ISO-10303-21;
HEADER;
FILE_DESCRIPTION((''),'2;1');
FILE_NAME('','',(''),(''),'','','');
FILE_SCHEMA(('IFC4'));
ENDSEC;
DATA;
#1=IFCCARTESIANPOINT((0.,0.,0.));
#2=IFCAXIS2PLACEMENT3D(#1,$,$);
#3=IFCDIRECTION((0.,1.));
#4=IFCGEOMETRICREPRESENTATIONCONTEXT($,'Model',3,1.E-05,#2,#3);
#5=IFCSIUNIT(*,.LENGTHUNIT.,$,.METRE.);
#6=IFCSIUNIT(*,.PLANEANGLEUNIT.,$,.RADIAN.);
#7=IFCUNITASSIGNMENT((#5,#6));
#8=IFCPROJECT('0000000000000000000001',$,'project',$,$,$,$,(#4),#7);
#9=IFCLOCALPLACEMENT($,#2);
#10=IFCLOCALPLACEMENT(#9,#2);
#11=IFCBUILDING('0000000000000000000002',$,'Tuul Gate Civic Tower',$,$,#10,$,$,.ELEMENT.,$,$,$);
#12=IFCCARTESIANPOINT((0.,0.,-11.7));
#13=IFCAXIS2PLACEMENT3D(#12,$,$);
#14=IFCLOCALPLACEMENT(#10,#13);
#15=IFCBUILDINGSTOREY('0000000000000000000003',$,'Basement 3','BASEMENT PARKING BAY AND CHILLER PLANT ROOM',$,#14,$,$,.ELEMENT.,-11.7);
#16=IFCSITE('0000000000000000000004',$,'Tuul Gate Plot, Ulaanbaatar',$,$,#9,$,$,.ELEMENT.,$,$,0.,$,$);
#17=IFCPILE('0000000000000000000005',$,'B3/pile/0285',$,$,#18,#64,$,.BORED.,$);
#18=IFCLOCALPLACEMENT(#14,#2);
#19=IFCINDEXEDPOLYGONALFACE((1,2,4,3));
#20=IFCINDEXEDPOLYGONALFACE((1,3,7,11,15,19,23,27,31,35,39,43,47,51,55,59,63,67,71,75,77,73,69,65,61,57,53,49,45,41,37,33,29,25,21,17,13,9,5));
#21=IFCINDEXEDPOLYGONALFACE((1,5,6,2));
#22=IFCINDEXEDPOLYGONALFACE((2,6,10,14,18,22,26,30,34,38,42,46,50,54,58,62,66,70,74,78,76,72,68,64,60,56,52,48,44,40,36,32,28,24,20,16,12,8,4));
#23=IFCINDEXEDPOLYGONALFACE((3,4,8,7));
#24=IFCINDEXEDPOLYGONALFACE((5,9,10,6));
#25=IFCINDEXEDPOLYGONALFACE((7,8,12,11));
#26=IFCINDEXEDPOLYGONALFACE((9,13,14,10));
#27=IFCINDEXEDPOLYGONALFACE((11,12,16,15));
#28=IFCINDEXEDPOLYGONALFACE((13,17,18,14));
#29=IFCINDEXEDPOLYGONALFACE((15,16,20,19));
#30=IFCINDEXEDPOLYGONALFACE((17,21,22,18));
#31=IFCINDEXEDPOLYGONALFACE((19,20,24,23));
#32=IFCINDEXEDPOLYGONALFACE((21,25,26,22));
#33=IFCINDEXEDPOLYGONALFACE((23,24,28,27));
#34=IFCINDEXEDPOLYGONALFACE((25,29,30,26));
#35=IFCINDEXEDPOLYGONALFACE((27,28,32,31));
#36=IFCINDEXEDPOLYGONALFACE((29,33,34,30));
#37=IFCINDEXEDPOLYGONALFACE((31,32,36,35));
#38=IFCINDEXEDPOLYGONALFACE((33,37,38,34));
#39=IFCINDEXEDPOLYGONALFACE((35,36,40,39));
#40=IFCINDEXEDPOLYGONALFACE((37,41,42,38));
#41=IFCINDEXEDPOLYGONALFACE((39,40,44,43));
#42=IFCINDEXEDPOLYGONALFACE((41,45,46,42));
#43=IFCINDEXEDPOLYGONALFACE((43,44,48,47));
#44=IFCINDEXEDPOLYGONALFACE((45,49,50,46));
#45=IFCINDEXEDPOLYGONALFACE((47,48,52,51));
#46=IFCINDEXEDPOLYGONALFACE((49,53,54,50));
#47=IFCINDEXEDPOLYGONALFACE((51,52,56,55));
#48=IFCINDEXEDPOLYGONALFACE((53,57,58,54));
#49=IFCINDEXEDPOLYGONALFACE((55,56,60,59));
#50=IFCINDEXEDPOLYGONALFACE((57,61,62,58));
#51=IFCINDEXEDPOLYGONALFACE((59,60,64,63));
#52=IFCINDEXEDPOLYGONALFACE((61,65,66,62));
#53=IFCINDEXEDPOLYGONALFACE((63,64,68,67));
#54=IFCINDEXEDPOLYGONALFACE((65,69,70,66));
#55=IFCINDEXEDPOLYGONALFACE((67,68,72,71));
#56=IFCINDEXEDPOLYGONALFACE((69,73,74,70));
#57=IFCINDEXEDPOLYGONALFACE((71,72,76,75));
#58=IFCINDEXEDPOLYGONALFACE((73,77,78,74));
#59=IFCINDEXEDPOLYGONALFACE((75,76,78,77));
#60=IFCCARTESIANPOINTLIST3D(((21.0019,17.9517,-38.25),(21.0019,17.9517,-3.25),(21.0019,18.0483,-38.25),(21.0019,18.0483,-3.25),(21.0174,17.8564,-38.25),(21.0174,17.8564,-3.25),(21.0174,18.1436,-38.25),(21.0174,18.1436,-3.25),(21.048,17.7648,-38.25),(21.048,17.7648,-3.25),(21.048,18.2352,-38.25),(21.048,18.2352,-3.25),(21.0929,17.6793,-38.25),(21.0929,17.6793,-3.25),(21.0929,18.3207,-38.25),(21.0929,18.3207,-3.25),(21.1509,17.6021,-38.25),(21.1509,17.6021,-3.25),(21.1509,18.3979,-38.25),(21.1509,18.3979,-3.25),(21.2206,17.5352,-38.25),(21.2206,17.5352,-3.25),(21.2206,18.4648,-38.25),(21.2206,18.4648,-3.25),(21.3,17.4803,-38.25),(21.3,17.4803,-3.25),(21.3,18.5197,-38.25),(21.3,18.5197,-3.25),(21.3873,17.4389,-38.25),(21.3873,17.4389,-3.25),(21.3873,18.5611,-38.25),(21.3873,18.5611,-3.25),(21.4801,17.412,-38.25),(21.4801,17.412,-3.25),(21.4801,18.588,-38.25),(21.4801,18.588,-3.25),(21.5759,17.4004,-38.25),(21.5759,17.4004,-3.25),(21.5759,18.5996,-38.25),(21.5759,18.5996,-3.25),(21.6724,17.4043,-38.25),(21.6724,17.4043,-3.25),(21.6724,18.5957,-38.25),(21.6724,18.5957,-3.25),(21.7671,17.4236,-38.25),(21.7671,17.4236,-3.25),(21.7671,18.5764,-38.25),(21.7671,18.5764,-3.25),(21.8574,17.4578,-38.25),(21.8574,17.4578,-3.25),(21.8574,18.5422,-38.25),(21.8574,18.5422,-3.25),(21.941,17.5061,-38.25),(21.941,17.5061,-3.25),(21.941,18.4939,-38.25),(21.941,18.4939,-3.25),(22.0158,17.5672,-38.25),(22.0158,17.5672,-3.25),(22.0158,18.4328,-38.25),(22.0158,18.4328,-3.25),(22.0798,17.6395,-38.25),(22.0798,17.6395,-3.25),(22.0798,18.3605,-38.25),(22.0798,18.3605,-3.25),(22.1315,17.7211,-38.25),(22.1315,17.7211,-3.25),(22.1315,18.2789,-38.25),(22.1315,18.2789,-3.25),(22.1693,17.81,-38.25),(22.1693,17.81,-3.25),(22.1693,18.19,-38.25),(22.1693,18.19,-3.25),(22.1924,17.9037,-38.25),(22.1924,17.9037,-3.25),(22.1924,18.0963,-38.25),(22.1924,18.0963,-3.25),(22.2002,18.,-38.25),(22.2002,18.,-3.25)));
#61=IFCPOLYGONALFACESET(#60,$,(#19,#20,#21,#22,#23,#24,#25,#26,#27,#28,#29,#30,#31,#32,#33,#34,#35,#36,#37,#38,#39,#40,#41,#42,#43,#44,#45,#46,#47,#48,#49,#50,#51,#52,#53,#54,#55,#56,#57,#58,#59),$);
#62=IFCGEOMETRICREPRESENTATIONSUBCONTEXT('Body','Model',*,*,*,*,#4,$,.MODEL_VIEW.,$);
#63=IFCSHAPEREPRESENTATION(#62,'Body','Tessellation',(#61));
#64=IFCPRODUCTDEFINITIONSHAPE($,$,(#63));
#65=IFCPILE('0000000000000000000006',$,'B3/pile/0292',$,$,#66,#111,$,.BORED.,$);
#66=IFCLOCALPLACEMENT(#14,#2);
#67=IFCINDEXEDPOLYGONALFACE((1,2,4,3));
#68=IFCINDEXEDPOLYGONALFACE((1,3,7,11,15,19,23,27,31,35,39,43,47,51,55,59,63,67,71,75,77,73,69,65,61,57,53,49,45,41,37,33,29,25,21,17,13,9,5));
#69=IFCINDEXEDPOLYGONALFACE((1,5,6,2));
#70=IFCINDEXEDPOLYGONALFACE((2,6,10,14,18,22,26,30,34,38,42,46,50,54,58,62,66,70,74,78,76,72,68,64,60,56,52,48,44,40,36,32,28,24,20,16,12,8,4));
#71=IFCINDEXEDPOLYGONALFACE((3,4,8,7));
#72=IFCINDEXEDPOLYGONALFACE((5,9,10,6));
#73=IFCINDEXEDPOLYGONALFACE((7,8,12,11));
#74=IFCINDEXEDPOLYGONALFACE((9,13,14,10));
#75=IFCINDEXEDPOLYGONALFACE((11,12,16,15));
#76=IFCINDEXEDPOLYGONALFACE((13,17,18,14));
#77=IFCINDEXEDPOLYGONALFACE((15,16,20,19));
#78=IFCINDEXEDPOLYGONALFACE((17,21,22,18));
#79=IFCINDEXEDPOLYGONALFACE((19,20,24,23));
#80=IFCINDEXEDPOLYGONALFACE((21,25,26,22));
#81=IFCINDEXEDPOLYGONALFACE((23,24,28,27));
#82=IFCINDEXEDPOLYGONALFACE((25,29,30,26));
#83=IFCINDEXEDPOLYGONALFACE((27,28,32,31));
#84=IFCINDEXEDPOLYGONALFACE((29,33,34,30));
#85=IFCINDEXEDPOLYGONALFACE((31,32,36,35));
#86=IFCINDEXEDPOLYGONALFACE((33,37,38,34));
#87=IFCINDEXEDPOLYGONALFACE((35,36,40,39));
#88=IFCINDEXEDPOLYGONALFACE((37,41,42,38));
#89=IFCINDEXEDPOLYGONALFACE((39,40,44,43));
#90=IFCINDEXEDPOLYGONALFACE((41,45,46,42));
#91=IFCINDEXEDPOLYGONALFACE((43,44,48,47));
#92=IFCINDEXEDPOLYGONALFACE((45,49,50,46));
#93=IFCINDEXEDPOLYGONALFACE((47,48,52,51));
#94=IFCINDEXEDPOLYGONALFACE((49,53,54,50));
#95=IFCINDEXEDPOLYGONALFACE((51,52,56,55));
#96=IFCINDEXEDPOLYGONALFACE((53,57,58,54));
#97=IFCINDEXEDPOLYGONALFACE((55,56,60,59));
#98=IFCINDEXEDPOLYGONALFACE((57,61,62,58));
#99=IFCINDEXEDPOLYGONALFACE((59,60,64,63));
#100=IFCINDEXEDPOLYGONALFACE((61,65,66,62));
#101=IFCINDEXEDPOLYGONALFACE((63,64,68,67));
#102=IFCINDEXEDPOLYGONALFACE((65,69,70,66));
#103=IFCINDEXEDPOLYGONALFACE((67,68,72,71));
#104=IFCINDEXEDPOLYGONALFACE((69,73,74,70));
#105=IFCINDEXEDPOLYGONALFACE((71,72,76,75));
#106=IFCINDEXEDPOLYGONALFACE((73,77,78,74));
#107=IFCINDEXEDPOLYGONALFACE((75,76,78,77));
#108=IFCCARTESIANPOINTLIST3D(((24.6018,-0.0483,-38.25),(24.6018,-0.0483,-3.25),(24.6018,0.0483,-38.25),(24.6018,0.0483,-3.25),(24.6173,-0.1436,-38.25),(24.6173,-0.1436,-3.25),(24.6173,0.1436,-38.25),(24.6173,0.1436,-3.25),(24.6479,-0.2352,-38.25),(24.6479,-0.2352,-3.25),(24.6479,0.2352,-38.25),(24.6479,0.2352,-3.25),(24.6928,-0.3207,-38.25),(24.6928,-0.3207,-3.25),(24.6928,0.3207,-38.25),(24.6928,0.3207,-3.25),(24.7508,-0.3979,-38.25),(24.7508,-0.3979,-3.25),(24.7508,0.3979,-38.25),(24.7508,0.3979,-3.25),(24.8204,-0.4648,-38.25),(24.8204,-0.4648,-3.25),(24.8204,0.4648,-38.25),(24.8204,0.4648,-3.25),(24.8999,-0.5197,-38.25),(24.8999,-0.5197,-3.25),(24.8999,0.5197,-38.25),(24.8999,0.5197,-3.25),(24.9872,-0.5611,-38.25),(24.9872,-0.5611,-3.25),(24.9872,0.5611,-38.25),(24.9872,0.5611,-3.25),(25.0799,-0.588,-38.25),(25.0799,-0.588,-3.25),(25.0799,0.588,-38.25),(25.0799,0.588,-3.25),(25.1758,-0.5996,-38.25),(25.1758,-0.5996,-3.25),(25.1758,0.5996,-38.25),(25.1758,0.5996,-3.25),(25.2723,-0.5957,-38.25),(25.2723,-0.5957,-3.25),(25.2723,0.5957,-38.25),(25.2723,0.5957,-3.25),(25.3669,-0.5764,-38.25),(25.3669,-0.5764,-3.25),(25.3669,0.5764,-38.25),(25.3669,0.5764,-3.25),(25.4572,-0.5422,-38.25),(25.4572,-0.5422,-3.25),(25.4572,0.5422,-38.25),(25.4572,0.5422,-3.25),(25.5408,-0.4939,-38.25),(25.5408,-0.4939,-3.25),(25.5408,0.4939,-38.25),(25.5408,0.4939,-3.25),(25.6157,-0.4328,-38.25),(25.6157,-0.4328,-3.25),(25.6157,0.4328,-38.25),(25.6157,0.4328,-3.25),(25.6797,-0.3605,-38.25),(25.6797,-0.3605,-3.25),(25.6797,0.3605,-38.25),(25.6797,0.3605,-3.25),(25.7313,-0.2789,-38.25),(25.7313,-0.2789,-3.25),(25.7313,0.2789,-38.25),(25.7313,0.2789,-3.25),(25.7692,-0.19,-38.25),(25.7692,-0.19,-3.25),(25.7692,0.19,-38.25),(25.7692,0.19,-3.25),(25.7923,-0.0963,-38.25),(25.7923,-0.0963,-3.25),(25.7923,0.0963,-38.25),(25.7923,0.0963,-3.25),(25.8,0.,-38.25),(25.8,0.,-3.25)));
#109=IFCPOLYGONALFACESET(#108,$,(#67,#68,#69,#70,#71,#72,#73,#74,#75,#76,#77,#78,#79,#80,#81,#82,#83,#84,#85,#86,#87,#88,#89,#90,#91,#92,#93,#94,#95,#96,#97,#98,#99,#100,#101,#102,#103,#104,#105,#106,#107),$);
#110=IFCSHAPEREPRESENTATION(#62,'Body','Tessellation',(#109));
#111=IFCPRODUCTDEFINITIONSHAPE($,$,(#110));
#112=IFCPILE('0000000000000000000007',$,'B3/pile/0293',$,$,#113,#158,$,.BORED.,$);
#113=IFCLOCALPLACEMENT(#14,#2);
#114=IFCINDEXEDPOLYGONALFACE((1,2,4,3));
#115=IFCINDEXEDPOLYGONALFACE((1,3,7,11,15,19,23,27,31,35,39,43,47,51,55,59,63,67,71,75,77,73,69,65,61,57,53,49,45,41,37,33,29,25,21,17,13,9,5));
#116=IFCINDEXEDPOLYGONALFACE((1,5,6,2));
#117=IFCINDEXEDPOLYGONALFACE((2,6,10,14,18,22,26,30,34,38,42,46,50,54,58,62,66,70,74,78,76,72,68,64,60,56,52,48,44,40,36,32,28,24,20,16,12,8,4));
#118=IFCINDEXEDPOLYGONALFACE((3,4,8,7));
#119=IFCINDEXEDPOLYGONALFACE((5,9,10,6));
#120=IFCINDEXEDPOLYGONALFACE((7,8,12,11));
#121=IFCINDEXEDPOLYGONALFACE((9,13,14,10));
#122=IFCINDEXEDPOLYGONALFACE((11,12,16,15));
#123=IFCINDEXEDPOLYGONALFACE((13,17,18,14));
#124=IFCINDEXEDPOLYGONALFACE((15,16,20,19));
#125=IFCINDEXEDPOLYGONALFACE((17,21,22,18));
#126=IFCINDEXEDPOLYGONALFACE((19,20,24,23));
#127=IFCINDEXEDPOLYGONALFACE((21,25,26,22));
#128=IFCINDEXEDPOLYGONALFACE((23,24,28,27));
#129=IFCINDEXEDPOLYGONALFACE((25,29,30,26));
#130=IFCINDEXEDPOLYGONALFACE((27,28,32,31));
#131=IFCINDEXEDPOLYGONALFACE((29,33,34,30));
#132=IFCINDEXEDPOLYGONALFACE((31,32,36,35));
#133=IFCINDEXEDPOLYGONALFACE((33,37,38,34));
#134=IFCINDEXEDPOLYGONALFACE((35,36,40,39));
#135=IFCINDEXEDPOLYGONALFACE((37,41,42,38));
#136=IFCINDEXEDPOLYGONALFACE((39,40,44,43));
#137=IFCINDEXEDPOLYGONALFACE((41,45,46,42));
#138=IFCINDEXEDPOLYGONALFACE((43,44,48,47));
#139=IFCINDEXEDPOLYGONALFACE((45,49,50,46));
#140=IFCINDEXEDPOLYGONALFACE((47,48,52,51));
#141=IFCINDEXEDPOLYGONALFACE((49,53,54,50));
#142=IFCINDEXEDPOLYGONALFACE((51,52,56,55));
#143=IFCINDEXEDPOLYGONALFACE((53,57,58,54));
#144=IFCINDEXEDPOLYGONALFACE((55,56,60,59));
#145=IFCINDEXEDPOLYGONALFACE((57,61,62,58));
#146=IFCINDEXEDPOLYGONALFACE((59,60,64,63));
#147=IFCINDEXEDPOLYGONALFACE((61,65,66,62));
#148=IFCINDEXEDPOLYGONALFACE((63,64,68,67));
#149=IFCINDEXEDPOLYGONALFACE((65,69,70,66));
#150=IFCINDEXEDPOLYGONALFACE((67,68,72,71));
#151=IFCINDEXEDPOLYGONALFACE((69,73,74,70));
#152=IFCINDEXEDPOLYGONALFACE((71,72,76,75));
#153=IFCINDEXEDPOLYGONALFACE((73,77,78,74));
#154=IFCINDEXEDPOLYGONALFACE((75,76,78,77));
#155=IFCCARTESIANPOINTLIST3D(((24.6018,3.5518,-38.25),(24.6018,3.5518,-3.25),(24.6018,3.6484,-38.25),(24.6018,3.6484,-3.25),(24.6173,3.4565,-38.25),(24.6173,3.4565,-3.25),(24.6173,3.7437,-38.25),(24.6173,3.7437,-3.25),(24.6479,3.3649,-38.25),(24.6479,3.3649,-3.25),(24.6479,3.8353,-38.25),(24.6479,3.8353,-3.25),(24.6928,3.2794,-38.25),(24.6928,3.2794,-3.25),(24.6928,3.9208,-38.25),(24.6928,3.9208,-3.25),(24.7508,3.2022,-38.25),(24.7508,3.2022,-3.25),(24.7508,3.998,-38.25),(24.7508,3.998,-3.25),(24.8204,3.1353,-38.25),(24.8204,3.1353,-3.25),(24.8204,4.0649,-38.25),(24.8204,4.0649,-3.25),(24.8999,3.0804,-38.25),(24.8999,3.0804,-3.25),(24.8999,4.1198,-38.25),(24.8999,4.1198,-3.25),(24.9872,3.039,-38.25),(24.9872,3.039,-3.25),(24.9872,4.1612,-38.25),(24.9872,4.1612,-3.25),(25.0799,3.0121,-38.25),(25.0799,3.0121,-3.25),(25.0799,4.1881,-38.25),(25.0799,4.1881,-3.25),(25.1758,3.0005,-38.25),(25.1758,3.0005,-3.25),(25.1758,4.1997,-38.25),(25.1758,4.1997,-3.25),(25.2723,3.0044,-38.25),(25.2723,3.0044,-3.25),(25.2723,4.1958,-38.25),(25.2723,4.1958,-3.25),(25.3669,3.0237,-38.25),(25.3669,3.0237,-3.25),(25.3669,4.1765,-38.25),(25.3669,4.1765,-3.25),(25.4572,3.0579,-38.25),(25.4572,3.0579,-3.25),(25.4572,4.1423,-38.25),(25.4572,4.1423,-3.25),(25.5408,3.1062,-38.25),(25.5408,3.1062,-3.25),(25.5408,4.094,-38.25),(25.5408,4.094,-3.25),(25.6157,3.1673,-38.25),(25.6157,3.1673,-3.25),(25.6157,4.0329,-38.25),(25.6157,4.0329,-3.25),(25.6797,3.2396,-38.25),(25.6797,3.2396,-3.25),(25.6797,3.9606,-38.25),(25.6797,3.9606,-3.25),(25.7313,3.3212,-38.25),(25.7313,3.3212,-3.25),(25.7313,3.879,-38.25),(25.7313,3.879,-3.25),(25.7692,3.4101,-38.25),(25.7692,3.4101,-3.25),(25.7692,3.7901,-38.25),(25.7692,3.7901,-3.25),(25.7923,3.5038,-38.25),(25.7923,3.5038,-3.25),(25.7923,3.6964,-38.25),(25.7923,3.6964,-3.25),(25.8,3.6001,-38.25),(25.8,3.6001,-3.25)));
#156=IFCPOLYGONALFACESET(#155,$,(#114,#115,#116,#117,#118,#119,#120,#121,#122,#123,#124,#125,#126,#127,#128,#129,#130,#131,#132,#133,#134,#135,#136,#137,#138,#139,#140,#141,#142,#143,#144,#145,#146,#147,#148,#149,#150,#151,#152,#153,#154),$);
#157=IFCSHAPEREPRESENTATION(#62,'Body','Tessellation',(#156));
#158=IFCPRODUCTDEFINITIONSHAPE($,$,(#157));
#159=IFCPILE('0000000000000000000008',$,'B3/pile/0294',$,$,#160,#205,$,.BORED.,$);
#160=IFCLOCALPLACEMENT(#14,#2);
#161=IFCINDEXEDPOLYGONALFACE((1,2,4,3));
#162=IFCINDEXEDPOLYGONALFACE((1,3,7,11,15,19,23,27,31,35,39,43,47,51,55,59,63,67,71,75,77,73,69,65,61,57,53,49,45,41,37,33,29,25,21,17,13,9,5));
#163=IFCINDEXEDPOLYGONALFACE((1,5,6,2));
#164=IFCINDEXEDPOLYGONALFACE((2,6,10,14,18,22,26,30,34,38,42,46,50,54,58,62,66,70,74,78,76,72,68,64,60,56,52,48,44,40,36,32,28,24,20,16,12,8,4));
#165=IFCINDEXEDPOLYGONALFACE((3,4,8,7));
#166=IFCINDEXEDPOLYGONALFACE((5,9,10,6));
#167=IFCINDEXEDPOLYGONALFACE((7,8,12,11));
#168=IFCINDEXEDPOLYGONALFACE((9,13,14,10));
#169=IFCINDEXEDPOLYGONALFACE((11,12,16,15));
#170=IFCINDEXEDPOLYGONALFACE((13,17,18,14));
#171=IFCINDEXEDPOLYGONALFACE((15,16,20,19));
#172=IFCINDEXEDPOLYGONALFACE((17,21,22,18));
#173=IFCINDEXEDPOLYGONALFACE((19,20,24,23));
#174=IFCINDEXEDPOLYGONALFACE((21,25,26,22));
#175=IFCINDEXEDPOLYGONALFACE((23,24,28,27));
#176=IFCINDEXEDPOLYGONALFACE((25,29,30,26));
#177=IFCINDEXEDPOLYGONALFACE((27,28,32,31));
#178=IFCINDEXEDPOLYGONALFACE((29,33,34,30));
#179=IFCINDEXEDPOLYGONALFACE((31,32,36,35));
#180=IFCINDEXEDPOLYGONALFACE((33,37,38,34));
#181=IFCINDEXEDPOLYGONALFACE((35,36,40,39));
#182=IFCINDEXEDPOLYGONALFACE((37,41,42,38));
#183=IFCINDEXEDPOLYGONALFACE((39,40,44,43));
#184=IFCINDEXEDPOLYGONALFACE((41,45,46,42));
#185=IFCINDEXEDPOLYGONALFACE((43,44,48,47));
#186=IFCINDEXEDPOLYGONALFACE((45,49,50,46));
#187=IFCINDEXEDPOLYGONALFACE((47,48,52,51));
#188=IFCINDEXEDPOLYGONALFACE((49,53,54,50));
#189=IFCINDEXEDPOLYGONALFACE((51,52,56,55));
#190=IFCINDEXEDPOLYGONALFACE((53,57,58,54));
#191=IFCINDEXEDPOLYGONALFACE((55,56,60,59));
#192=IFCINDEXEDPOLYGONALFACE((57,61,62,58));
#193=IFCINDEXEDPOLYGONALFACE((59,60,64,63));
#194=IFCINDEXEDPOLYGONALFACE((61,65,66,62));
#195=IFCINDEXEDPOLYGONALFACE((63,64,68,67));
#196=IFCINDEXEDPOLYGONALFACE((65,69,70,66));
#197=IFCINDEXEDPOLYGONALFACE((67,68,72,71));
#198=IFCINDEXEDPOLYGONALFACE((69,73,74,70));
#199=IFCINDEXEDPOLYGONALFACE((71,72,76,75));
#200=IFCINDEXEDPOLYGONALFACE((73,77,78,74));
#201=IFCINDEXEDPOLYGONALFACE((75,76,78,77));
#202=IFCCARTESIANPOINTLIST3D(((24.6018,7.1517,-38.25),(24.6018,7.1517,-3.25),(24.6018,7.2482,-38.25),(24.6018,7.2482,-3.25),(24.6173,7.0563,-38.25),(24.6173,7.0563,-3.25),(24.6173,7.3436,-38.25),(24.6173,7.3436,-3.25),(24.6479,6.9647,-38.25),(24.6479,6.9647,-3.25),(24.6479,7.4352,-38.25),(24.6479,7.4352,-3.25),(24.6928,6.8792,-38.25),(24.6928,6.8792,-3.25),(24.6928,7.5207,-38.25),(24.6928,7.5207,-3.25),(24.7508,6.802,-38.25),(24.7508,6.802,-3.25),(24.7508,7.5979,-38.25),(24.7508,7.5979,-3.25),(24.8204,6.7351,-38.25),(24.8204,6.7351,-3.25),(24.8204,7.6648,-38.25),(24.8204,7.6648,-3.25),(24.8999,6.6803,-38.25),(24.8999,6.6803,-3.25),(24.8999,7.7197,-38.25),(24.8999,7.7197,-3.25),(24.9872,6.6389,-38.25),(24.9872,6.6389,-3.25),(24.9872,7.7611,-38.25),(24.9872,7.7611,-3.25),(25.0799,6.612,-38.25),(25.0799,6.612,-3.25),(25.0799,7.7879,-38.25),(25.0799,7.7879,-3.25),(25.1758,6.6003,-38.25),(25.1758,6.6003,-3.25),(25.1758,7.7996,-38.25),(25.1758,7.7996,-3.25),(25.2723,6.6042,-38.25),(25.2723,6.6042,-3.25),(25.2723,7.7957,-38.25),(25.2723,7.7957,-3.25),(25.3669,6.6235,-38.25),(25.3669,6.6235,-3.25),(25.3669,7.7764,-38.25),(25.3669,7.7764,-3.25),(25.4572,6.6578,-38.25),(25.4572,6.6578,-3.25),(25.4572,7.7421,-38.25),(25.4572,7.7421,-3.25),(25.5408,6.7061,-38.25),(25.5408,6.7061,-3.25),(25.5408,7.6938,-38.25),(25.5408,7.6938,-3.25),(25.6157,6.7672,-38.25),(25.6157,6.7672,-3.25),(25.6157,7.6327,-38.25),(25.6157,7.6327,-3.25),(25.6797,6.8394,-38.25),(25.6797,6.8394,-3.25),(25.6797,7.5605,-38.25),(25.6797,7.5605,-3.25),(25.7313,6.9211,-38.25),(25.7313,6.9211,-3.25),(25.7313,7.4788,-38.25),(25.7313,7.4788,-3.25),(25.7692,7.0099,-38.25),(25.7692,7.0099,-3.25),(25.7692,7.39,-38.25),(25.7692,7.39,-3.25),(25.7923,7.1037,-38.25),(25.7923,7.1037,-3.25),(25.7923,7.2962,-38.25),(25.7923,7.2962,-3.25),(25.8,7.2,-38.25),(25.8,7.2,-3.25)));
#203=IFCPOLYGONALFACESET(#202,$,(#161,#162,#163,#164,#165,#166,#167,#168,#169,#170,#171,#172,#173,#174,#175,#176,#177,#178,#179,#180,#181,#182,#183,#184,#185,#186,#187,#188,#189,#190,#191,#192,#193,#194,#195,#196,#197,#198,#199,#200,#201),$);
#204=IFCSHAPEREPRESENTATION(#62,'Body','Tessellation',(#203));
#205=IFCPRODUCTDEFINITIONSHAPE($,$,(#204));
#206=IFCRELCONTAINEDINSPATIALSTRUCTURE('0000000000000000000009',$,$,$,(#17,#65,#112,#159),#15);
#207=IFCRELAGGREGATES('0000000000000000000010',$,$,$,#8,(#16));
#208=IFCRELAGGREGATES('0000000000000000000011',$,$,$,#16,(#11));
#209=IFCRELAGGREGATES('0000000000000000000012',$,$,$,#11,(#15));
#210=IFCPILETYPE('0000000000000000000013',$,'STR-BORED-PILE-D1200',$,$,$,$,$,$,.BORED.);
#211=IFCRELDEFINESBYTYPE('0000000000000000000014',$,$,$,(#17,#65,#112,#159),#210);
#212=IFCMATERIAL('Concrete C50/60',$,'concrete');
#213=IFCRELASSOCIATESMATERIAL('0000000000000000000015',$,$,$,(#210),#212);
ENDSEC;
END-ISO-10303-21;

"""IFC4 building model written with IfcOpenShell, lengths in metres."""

from ifc_helpers import new_model, si_unit, direction, frame, origin, origin_2d, place, context, subcontext, project, spatial, circle, extrude, material, material_profile, profile_set, type_object, element, save


model = new_model("IFC4")

# Units and contexts
model_context = context("Model", 3, precision=1e-05, world=origin(), true_north=direction((0.0, 1.0)))
body_context = subcontext(model_context, "Body", "Model", "MODEL_VIEW")
ifc_project = project(units=[si_unit("LENGTHUNIT", "METRE"), si_unit("PLANEANGLEUNIT", "RADIAN")], contexts=[model_context])

# Site, building, storey
site_placement = place(None, origin())
site = spatial("IfcSite", under=ifc_project, at=site_placement, Name="Tuul Gate Plot, Ulaanbaatar", CompositionType="ELEMENT", RefElevation=0.0)
building_placement = place(site_placement, origin())
building = spatial("IfcBuilding", under=site, at=building_placement, Name="Tuul Gate Civic Tower", CompositionType="ELEMENT")
storey_placement = place(building_placement, frame((0.0, 0.0, -11.7)))
storey = spatial("IfcBuildingStorey", under=building, at=storey_placement, Name="Basement 3", Description="BASEMENT PARKING BAY AND CHILLER PLANT ROOM", CompositionType="ELEMENT", Elevation=-11.7)

# Piles
ifc_material_1 = material(Name="Concrete C50/60", Category="concrete")
ifc_material_profile_1 = material_profile(ifc_material_1, circle(Radius=0.6001, at=origin_2d()), Name="PILE1200")
ifc_profile_set_1 = profile_set([ifc_material_profile_1], Name="Concrete C50/60")
pile_type = type_object("IfcPileType", Name="STR-BORED-PILE-D1200", PredefinedType="BORED", material=ifc_profile_set_1)
for number, where, z_axis, x_axis, name in (
    (1, (21.6001, 18.0, -3.25), (0.0, 0.0, -1.0), (1.0, 0.0, 0.0), "B3/pile/0285"),
    (2, (25.2, 0.0, -3.25), (0.0, 0.0, -1.0), (1.0, 0.0, 0.0), "B3/pile/0292"),
    (3, (25.2, 3.6001, -3.25), (0.0, 0.0, -1.0), (1.0, 0.0, 0.0), "B3/pile/0293"),
    (4, (25.2, 7.2, -3.25), (0.0, 0.0, -1.0), (1.0, 0.0, 0.0), "B3/pile/0294"),
):
    element("IfcPile", number, at=place(storey_placement, frame(where, z_axis=z_axis, x_axis=x_axis)), inside=storey, type_object=pile_type, Name=name, PredefinedType="BORED", context=body_context, shape_type="SweptSolid", body=[
        extrude(circle(Radius=0.6001, at=origin_2d()), origin(), (0.0, 0.0, 1.0), 35.0),
    ])

save(model, "model.ifc")
